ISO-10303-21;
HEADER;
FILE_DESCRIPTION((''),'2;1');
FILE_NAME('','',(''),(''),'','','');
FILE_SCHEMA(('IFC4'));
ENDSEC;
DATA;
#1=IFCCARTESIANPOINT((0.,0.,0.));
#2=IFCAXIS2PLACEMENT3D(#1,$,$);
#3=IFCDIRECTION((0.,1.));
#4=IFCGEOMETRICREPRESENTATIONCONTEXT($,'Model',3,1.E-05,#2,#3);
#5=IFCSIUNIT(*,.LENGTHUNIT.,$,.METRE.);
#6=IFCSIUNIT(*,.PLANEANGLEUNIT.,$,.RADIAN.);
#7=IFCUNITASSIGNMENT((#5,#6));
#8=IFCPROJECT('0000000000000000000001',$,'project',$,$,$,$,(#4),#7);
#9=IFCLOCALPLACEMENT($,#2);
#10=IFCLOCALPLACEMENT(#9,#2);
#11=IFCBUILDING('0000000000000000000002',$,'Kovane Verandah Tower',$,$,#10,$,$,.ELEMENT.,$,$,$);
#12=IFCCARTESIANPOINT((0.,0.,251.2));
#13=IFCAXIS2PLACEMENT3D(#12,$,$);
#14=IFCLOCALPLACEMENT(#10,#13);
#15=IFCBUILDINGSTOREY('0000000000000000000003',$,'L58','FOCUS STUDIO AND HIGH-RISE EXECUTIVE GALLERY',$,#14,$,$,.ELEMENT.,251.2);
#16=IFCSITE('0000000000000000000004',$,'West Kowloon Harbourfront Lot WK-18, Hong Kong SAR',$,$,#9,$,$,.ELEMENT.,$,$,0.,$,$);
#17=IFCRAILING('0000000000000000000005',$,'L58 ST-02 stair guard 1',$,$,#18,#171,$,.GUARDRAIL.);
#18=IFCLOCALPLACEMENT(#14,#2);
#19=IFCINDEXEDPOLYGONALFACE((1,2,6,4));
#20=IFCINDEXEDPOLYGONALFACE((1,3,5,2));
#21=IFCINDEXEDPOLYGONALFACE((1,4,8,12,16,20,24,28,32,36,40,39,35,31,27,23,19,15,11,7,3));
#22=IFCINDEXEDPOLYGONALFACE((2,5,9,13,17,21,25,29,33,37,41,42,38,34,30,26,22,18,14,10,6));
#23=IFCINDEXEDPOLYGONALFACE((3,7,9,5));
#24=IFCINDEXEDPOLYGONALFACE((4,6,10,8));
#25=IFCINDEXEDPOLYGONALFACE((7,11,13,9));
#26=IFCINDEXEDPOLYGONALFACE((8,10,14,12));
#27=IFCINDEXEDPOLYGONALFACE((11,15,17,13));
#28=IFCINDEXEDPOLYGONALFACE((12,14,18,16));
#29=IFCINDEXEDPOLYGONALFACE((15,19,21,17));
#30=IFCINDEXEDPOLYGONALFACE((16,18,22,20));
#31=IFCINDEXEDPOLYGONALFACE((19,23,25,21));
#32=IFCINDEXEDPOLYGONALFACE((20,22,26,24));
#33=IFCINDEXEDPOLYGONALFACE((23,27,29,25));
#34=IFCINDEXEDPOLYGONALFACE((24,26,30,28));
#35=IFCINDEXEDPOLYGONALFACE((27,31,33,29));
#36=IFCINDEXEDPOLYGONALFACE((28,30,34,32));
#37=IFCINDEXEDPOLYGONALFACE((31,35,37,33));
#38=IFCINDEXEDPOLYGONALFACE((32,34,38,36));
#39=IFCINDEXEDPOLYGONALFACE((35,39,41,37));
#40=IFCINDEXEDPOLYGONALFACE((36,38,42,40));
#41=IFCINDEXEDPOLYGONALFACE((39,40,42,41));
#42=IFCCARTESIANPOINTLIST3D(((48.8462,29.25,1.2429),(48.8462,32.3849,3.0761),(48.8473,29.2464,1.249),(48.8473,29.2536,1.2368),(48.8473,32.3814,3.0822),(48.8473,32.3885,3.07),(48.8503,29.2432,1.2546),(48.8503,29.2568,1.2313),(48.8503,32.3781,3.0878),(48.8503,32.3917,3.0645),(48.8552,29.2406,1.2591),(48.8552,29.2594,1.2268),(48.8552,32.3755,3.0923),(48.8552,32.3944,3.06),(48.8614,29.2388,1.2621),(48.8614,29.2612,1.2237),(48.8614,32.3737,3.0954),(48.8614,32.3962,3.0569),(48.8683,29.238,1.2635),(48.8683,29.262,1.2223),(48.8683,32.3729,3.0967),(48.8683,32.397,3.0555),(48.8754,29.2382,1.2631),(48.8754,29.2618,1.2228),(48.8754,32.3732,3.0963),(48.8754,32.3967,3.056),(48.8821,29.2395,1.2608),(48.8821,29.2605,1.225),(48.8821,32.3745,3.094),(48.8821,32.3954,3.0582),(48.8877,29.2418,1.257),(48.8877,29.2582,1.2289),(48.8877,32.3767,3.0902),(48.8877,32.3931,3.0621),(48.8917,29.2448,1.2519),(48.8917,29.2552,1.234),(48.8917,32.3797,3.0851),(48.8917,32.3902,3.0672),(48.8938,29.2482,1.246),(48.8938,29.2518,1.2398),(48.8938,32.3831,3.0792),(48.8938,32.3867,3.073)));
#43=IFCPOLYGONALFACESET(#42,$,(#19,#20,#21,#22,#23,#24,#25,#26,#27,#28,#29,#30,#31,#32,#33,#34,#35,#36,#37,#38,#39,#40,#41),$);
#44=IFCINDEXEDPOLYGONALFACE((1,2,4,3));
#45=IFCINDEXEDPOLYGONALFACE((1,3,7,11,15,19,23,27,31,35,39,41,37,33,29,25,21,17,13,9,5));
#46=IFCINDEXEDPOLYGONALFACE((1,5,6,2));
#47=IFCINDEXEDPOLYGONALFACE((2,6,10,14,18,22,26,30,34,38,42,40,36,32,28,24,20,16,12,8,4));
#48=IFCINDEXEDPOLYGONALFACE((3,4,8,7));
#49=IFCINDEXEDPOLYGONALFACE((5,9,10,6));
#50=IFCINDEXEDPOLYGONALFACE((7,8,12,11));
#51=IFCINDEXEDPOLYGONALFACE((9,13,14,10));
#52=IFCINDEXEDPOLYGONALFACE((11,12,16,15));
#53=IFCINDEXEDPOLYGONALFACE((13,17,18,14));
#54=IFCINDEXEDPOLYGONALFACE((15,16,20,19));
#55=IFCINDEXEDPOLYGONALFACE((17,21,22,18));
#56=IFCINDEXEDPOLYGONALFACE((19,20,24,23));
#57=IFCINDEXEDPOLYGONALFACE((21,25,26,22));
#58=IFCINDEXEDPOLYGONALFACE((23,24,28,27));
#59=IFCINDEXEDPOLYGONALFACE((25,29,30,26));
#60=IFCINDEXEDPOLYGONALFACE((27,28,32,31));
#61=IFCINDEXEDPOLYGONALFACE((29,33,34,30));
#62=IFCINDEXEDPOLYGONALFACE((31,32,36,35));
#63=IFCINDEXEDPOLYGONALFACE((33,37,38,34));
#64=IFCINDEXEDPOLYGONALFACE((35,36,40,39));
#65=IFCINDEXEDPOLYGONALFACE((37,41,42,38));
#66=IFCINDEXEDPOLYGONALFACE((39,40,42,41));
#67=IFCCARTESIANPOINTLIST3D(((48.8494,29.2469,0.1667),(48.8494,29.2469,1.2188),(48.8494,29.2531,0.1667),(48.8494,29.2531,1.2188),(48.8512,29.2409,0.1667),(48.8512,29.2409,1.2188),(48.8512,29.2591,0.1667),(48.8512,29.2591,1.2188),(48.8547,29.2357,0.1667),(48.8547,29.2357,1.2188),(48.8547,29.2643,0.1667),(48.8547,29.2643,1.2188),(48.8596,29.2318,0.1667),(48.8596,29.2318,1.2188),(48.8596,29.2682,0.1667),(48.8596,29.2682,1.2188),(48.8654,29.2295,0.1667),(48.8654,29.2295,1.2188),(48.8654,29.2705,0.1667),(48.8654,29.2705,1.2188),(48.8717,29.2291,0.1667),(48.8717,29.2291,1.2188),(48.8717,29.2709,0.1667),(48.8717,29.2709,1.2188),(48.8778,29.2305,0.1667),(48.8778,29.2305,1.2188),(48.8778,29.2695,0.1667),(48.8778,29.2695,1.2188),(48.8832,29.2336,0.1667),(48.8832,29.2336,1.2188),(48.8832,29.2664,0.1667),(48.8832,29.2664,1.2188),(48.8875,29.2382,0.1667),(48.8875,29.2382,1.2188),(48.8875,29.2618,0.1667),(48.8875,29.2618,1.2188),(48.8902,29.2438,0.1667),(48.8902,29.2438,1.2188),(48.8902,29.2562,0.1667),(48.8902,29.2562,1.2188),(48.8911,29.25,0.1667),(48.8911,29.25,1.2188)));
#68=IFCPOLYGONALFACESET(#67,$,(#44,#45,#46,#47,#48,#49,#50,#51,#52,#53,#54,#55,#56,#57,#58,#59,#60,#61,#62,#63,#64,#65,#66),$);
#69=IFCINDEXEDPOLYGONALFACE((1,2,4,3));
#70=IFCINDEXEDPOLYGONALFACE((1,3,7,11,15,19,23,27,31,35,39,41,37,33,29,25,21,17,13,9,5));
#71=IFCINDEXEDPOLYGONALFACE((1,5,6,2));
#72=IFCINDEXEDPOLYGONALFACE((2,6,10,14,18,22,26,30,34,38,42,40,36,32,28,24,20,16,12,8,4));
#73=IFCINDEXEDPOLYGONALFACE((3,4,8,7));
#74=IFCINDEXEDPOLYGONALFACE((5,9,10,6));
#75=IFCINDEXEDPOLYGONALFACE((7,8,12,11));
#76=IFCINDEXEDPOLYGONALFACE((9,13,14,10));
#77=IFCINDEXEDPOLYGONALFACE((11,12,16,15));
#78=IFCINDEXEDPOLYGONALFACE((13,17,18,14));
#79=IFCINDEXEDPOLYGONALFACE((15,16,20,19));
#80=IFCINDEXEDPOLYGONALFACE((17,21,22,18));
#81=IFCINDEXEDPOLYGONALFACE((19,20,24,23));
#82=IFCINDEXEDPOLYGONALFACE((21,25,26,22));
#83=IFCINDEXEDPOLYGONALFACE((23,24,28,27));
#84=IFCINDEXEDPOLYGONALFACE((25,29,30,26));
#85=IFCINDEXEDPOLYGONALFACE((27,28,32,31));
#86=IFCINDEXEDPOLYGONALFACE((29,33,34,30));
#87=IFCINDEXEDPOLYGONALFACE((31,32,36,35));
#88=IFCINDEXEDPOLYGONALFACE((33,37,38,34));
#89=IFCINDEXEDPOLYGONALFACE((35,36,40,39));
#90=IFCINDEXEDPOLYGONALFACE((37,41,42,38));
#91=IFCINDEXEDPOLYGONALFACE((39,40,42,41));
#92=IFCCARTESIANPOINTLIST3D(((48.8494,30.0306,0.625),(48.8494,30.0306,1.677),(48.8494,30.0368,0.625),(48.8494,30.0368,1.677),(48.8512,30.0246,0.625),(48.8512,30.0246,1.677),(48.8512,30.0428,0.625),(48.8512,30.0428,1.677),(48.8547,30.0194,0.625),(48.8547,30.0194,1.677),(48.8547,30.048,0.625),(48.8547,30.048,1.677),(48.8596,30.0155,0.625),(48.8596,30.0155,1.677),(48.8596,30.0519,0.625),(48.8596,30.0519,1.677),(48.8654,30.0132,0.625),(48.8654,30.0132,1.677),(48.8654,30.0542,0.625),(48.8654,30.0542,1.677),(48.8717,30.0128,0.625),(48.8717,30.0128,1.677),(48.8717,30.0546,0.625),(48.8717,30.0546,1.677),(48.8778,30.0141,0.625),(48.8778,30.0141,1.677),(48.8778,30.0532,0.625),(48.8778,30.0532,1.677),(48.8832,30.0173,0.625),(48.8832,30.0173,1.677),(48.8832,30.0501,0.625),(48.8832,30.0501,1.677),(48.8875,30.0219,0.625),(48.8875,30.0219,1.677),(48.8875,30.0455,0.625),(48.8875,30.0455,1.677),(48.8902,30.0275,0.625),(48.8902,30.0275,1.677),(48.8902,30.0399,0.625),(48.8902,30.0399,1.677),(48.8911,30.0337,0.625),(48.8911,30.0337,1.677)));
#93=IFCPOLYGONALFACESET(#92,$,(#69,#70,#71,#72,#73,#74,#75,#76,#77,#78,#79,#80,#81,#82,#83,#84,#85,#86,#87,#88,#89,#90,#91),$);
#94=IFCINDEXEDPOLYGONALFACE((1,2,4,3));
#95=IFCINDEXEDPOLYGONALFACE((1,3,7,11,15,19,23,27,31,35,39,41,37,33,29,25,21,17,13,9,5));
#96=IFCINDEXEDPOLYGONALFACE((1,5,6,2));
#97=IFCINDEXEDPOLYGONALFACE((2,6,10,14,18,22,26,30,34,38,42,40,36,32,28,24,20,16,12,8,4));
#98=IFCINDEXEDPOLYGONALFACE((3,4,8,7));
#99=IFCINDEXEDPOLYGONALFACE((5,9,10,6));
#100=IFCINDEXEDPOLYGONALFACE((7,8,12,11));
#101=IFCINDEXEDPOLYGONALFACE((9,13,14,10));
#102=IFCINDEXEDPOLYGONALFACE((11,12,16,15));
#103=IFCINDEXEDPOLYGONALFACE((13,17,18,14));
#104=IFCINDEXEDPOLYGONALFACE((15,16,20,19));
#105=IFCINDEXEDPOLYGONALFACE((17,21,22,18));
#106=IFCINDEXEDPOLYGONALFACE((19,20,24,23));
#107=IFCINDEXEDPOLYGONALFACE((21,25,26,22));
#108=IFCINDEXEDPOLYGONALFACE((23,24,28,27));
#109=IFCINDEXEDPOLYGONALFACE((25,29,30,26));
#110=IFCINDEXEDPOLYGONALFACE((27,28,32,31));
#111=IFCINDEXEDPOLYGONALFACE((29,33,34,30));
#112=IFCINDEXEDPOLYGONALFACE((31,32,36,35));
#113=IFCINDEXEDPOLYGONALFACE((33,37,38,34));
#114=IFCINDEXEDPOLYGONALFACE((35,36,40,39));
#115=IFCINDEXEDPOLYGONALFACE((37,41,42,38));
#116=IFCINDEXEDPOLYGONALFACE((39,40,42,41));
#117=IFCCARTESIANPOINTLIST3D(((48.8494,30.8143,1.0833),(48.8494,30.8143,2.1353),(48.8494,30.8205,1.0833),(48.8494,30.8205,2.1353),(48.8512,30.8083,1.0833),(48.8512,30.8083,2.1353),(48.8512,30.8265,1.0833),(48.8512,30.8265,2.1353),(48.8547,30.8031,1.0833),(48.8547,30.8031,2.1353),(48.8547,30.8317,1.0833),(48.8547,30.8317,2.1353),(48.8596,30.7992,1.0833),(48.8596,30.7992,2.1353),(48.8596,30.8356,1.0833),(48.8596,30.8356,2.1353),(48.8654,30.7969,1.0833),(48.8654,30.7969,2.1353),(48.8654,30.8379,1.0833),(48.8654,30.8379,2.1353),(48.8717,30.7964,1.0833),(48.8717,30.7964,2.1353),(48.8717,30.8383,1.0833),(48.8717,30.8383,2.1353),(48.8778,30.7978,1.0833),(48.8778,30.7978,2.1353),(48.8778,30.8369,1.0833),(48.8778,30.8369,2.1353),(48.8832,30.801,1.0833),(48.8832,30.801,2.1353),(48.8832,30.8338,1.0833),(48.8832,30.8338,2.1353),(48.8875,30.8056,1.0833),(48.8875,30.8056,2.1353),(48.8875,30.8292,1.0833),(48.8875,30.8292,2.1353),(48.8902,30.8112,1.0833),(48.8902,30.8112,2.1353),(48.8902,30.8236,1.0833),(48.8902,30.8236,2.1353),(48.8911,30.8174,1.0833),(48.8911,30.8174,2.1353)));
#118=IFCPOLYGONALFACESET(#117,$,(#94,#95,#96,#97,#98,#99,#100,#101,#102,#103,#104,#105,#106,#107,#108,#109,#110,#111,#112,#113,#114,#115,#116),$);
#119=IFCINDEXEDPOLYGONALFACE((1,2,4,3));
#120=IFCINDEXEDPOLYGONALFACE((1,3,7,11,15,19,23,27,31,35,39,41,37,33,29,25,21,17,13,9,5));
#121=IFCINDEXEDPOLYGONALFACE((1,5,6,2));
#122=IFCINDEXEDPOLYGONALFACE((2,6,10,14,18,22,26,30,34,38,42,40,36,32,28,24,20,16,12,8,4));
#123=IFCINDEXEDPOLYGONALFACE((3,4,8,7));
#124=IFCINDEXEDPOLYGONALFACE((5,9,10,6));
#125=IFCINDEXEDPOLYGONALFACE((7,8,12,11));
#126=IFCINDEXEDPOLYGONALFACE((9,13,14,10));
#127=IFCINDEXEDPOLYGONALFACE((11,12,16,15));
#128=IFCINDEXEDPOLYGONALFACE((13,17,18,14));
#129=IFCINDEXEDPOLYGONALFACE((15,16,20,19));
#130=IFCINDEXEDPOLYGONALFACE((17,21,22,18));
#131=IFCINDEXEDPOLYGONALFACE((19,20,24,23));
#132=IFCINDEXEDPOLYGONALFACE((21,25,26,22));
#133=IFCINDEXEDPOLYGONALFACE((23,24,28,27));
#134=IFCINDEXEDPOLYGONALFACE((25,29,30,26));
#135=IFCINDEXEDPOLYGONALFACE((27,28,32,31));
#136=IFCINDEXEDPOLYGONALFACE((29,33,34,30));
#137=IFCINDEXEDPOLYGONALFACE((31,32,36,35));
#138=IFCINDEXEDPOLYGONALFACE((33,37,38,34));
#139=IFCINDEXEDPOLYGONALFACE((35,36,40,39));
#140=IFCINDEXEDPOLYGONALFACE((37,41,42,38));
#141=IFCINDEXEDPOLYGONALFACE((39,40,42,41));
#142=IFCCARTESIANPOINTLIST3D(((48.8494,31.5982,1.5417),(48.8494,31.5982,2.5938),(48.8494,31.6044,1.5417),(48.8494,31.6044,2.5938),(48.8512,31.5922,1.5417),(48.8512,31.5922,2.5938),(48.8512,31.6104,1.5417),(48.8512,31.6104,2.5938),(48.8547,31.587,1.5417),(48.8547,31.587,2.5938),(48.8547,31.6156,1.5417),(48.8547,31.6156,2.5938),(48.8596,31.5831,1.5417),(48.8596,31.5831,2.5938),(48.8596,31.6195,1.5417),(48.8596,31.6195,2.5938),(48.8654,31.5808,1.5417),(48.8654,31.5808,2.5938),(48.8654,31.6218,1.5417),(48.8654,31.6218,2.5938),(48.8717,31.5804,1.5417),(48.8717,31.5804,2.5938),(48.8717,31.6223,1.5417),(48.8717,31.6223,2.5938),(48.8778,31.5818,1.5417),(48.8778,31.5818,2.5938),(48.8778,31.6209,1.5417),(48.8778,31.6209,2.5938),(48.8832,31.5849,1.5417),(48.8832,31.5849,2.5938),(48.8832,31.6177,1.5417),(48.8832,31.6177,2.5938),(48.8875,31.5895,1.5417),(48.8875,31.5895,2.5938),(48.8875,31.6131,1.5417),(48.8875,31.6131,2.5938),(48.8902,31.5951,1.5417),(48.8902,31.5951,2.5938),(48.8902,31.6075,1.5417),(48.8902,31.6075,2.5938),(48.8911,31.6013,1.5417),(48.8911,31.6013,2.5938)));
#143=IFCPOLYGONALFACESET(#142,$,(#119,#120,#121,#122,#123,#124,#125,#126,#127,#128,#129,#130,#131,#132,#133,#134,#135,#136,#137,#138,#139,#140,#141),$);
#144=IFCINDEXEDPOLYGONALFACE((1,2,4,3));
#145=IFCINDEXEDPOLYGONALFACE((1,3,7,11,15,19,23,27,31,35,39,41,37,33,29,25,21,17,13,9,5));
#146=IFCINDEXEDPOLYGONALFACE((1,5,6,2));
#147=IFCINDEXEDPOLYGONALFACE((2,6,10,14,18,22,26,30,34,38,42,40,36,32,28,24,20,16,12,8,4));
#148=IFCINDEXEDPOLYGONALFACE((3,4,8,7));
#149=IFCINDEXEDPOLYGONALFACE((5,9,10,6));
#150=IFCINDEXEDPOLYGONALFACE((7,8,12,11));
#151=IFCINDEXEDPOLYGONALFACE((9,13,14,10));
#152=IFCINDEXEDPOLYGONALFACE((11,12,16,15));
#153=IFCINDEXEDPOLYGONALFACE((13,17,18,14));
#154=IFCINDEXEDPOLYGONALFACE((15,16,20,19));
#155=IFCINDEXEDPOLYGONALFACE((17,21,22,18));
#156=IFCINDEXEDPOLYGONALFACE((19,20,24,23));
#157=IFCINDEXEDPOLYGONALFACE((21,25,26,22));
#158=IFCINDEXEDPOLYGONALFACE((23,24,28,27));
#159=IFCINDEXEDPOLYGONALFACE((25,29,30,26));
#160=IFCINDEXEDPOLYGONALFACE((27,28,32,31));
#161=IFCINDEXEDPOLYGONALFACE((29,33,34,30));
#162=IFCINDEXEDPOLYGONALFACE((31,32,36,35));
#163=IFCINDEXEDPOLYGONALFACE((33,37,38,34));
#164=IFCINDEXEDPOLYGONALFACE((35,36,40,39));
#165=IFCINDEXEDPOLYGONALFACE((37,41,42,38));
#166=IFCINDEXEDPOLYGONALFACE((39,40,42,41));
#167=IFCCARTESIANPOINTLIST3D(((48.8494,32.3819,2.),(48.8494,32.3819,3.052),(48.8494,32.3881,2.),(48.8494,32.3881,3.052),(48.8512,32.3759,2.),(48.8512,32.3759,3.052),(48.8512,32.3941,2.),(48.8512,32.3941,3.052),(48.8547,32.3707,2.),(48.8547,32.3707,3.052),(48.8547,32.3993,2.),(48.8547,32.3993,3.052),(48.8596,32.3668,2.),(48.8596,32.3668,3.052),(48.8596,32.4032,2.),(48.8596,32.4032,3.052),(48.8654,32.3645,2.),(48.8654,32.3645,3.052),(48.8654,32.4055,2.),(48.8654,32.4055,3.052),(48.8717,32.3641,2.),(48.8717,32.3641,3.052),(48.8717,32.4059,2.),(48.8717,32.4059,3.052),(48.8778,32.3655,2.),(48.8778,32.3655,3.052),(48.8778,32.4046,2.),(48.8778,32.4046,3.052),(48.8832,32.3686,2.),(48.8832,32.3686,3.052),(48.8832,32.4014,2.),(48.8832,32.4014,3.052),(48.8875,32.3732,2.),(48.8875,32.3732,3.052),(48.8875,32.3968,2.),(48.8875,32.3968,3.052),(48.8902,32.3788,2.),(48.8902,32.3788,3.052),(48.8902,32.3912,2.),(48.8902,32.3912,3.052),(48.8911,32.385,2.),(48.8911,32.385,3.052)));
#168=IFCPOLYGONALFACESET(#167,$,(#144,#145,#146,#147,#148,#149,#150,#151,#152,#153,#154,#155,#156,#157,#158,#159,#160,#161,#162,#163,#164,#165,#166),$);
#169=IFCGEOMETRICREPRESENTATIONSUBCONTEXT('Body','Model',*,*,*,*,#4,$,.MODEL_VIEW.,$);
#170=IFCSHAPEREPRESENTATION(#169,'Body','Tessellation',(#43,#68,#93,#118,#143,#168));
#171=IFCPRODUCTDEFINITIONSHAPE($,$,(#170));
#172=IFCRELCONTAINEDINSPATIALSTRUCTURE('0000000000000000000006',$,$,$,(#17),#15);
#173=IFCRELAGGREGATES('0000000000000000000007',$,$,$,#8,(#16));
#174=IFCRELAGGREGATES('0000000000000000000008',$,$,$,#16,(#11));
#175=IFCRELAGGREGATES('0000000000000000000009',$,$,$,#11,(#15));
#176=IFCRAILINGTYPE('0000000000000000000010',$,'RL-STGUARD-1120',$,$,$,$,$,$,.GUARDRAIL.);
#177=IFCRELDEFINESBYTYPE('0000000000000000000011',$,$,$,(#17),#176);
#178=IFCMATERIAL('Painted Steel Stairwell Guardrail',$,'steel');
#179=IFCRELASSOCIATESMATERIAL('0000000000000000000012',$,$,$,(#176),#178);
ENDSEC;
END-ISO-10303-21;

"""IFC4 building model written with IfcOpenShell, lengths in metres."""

from ifc_helpers import new_model, si_unit, direction, frame, origin, origin_2d, place, context, subcontext, project, spatial, circle, extrude, material, type_object, element, save


model = new_model("IFC4")

# Units and contexts
model_context = context("Model", 3, precision=1e-05, world=origin(), true_north=direction((0.0, 1.0)))
body_context = subcontext(model_context, "Body", "Model", "MODEL_VIEW")
ifc_project = project(units=[si_unit("LENGTHUNIT", "METRE"), si_unit("PLANEANGLEUNIT", "RADIAN")], contexts=[model_context])

# Site, building, storey
site_placement = place(None, origin())
site = spatial("IfcSite", under=ifc_project, at=site_placement, Name="West Kowloon Harbourfront Lot WK-18, Hong Kong SAR", CompositionType="ELEMENT", RefElevation=0.0)
building_placement = place(site_placement, origin())
building = spatial("IfcBuilding", under=site, at=building_placement, Name="Kovane Verandah Tower", CompositionType="ELEMENT")
storey_placement = place(building_placement, frame((0.0, 0.0, 251.2)))
storey = spatial("IfcBuildingStorey", under=building, at=storey_placement, Name="L58", Description="FOCUS STUDIO AND HIGH-RISE EXECUTIVE GALLERY", CompositionType="ELEMENT", Elevation=251.2)

# Railing
ifc_material_1 = material(Name="Painted Steel Stairwell Guardrail", Category="steel")
railing_type_1 = type_object("IfcRailingType", Name="RL-STGUARD-1120", PredefinedType="GUARDRAIL", material=ifc_material_1)
railing_1_placement = place(storey_placement, frame((48.8701, 29.25, 0.1667)))
element("IfcRailing", 1, at=railing_1_placement, inside=storey, type_object=railing_type_1, Name="L58 ST-02 stair guard 1", PredefinedType="GUARDRAIL", context=body_context, shape_type="SweptSolid", body=[
    extrude(circle(Radius=0.0239, at=origin_2d()), frame((0.0, 0.0, 1.0762), z_axis=(0.0, 0.86324, 0.504794), x_axis=(-1.0, 0.0, 0.0)), (0.0, 0.0, 1.0), 3.6316),
    extrude(circle(Radius=0.021, at=origin_2d()), origin(), (0.0, 0.0, 1.0), 1.052),
    extrude(circle(Radius=0.021, at=origin_2d()), frame((0.0, 0.7837, 0.4583)), (0.0, 0.0, 1.0), 1.052),
    extrude(circle(Radius=0.021, at=origin_2d()), frame((0.0, 1.5674, 0.9165)), (0.0, 0.0, 1.0), 1.052),
    extrude(circle(Radius=0.021, at=origin_2d()), frame((0.0, 2.3513, 1.375)), (0.0, 0.0, 1.0), 1.052),
    extrude(circle(Radius=0.021, at=origin_2d()), frame((0.0, 3.135, 1.8333)), (0.0, 0.0, 1.0), 1.052),
])

save(model, "model.ifc")
